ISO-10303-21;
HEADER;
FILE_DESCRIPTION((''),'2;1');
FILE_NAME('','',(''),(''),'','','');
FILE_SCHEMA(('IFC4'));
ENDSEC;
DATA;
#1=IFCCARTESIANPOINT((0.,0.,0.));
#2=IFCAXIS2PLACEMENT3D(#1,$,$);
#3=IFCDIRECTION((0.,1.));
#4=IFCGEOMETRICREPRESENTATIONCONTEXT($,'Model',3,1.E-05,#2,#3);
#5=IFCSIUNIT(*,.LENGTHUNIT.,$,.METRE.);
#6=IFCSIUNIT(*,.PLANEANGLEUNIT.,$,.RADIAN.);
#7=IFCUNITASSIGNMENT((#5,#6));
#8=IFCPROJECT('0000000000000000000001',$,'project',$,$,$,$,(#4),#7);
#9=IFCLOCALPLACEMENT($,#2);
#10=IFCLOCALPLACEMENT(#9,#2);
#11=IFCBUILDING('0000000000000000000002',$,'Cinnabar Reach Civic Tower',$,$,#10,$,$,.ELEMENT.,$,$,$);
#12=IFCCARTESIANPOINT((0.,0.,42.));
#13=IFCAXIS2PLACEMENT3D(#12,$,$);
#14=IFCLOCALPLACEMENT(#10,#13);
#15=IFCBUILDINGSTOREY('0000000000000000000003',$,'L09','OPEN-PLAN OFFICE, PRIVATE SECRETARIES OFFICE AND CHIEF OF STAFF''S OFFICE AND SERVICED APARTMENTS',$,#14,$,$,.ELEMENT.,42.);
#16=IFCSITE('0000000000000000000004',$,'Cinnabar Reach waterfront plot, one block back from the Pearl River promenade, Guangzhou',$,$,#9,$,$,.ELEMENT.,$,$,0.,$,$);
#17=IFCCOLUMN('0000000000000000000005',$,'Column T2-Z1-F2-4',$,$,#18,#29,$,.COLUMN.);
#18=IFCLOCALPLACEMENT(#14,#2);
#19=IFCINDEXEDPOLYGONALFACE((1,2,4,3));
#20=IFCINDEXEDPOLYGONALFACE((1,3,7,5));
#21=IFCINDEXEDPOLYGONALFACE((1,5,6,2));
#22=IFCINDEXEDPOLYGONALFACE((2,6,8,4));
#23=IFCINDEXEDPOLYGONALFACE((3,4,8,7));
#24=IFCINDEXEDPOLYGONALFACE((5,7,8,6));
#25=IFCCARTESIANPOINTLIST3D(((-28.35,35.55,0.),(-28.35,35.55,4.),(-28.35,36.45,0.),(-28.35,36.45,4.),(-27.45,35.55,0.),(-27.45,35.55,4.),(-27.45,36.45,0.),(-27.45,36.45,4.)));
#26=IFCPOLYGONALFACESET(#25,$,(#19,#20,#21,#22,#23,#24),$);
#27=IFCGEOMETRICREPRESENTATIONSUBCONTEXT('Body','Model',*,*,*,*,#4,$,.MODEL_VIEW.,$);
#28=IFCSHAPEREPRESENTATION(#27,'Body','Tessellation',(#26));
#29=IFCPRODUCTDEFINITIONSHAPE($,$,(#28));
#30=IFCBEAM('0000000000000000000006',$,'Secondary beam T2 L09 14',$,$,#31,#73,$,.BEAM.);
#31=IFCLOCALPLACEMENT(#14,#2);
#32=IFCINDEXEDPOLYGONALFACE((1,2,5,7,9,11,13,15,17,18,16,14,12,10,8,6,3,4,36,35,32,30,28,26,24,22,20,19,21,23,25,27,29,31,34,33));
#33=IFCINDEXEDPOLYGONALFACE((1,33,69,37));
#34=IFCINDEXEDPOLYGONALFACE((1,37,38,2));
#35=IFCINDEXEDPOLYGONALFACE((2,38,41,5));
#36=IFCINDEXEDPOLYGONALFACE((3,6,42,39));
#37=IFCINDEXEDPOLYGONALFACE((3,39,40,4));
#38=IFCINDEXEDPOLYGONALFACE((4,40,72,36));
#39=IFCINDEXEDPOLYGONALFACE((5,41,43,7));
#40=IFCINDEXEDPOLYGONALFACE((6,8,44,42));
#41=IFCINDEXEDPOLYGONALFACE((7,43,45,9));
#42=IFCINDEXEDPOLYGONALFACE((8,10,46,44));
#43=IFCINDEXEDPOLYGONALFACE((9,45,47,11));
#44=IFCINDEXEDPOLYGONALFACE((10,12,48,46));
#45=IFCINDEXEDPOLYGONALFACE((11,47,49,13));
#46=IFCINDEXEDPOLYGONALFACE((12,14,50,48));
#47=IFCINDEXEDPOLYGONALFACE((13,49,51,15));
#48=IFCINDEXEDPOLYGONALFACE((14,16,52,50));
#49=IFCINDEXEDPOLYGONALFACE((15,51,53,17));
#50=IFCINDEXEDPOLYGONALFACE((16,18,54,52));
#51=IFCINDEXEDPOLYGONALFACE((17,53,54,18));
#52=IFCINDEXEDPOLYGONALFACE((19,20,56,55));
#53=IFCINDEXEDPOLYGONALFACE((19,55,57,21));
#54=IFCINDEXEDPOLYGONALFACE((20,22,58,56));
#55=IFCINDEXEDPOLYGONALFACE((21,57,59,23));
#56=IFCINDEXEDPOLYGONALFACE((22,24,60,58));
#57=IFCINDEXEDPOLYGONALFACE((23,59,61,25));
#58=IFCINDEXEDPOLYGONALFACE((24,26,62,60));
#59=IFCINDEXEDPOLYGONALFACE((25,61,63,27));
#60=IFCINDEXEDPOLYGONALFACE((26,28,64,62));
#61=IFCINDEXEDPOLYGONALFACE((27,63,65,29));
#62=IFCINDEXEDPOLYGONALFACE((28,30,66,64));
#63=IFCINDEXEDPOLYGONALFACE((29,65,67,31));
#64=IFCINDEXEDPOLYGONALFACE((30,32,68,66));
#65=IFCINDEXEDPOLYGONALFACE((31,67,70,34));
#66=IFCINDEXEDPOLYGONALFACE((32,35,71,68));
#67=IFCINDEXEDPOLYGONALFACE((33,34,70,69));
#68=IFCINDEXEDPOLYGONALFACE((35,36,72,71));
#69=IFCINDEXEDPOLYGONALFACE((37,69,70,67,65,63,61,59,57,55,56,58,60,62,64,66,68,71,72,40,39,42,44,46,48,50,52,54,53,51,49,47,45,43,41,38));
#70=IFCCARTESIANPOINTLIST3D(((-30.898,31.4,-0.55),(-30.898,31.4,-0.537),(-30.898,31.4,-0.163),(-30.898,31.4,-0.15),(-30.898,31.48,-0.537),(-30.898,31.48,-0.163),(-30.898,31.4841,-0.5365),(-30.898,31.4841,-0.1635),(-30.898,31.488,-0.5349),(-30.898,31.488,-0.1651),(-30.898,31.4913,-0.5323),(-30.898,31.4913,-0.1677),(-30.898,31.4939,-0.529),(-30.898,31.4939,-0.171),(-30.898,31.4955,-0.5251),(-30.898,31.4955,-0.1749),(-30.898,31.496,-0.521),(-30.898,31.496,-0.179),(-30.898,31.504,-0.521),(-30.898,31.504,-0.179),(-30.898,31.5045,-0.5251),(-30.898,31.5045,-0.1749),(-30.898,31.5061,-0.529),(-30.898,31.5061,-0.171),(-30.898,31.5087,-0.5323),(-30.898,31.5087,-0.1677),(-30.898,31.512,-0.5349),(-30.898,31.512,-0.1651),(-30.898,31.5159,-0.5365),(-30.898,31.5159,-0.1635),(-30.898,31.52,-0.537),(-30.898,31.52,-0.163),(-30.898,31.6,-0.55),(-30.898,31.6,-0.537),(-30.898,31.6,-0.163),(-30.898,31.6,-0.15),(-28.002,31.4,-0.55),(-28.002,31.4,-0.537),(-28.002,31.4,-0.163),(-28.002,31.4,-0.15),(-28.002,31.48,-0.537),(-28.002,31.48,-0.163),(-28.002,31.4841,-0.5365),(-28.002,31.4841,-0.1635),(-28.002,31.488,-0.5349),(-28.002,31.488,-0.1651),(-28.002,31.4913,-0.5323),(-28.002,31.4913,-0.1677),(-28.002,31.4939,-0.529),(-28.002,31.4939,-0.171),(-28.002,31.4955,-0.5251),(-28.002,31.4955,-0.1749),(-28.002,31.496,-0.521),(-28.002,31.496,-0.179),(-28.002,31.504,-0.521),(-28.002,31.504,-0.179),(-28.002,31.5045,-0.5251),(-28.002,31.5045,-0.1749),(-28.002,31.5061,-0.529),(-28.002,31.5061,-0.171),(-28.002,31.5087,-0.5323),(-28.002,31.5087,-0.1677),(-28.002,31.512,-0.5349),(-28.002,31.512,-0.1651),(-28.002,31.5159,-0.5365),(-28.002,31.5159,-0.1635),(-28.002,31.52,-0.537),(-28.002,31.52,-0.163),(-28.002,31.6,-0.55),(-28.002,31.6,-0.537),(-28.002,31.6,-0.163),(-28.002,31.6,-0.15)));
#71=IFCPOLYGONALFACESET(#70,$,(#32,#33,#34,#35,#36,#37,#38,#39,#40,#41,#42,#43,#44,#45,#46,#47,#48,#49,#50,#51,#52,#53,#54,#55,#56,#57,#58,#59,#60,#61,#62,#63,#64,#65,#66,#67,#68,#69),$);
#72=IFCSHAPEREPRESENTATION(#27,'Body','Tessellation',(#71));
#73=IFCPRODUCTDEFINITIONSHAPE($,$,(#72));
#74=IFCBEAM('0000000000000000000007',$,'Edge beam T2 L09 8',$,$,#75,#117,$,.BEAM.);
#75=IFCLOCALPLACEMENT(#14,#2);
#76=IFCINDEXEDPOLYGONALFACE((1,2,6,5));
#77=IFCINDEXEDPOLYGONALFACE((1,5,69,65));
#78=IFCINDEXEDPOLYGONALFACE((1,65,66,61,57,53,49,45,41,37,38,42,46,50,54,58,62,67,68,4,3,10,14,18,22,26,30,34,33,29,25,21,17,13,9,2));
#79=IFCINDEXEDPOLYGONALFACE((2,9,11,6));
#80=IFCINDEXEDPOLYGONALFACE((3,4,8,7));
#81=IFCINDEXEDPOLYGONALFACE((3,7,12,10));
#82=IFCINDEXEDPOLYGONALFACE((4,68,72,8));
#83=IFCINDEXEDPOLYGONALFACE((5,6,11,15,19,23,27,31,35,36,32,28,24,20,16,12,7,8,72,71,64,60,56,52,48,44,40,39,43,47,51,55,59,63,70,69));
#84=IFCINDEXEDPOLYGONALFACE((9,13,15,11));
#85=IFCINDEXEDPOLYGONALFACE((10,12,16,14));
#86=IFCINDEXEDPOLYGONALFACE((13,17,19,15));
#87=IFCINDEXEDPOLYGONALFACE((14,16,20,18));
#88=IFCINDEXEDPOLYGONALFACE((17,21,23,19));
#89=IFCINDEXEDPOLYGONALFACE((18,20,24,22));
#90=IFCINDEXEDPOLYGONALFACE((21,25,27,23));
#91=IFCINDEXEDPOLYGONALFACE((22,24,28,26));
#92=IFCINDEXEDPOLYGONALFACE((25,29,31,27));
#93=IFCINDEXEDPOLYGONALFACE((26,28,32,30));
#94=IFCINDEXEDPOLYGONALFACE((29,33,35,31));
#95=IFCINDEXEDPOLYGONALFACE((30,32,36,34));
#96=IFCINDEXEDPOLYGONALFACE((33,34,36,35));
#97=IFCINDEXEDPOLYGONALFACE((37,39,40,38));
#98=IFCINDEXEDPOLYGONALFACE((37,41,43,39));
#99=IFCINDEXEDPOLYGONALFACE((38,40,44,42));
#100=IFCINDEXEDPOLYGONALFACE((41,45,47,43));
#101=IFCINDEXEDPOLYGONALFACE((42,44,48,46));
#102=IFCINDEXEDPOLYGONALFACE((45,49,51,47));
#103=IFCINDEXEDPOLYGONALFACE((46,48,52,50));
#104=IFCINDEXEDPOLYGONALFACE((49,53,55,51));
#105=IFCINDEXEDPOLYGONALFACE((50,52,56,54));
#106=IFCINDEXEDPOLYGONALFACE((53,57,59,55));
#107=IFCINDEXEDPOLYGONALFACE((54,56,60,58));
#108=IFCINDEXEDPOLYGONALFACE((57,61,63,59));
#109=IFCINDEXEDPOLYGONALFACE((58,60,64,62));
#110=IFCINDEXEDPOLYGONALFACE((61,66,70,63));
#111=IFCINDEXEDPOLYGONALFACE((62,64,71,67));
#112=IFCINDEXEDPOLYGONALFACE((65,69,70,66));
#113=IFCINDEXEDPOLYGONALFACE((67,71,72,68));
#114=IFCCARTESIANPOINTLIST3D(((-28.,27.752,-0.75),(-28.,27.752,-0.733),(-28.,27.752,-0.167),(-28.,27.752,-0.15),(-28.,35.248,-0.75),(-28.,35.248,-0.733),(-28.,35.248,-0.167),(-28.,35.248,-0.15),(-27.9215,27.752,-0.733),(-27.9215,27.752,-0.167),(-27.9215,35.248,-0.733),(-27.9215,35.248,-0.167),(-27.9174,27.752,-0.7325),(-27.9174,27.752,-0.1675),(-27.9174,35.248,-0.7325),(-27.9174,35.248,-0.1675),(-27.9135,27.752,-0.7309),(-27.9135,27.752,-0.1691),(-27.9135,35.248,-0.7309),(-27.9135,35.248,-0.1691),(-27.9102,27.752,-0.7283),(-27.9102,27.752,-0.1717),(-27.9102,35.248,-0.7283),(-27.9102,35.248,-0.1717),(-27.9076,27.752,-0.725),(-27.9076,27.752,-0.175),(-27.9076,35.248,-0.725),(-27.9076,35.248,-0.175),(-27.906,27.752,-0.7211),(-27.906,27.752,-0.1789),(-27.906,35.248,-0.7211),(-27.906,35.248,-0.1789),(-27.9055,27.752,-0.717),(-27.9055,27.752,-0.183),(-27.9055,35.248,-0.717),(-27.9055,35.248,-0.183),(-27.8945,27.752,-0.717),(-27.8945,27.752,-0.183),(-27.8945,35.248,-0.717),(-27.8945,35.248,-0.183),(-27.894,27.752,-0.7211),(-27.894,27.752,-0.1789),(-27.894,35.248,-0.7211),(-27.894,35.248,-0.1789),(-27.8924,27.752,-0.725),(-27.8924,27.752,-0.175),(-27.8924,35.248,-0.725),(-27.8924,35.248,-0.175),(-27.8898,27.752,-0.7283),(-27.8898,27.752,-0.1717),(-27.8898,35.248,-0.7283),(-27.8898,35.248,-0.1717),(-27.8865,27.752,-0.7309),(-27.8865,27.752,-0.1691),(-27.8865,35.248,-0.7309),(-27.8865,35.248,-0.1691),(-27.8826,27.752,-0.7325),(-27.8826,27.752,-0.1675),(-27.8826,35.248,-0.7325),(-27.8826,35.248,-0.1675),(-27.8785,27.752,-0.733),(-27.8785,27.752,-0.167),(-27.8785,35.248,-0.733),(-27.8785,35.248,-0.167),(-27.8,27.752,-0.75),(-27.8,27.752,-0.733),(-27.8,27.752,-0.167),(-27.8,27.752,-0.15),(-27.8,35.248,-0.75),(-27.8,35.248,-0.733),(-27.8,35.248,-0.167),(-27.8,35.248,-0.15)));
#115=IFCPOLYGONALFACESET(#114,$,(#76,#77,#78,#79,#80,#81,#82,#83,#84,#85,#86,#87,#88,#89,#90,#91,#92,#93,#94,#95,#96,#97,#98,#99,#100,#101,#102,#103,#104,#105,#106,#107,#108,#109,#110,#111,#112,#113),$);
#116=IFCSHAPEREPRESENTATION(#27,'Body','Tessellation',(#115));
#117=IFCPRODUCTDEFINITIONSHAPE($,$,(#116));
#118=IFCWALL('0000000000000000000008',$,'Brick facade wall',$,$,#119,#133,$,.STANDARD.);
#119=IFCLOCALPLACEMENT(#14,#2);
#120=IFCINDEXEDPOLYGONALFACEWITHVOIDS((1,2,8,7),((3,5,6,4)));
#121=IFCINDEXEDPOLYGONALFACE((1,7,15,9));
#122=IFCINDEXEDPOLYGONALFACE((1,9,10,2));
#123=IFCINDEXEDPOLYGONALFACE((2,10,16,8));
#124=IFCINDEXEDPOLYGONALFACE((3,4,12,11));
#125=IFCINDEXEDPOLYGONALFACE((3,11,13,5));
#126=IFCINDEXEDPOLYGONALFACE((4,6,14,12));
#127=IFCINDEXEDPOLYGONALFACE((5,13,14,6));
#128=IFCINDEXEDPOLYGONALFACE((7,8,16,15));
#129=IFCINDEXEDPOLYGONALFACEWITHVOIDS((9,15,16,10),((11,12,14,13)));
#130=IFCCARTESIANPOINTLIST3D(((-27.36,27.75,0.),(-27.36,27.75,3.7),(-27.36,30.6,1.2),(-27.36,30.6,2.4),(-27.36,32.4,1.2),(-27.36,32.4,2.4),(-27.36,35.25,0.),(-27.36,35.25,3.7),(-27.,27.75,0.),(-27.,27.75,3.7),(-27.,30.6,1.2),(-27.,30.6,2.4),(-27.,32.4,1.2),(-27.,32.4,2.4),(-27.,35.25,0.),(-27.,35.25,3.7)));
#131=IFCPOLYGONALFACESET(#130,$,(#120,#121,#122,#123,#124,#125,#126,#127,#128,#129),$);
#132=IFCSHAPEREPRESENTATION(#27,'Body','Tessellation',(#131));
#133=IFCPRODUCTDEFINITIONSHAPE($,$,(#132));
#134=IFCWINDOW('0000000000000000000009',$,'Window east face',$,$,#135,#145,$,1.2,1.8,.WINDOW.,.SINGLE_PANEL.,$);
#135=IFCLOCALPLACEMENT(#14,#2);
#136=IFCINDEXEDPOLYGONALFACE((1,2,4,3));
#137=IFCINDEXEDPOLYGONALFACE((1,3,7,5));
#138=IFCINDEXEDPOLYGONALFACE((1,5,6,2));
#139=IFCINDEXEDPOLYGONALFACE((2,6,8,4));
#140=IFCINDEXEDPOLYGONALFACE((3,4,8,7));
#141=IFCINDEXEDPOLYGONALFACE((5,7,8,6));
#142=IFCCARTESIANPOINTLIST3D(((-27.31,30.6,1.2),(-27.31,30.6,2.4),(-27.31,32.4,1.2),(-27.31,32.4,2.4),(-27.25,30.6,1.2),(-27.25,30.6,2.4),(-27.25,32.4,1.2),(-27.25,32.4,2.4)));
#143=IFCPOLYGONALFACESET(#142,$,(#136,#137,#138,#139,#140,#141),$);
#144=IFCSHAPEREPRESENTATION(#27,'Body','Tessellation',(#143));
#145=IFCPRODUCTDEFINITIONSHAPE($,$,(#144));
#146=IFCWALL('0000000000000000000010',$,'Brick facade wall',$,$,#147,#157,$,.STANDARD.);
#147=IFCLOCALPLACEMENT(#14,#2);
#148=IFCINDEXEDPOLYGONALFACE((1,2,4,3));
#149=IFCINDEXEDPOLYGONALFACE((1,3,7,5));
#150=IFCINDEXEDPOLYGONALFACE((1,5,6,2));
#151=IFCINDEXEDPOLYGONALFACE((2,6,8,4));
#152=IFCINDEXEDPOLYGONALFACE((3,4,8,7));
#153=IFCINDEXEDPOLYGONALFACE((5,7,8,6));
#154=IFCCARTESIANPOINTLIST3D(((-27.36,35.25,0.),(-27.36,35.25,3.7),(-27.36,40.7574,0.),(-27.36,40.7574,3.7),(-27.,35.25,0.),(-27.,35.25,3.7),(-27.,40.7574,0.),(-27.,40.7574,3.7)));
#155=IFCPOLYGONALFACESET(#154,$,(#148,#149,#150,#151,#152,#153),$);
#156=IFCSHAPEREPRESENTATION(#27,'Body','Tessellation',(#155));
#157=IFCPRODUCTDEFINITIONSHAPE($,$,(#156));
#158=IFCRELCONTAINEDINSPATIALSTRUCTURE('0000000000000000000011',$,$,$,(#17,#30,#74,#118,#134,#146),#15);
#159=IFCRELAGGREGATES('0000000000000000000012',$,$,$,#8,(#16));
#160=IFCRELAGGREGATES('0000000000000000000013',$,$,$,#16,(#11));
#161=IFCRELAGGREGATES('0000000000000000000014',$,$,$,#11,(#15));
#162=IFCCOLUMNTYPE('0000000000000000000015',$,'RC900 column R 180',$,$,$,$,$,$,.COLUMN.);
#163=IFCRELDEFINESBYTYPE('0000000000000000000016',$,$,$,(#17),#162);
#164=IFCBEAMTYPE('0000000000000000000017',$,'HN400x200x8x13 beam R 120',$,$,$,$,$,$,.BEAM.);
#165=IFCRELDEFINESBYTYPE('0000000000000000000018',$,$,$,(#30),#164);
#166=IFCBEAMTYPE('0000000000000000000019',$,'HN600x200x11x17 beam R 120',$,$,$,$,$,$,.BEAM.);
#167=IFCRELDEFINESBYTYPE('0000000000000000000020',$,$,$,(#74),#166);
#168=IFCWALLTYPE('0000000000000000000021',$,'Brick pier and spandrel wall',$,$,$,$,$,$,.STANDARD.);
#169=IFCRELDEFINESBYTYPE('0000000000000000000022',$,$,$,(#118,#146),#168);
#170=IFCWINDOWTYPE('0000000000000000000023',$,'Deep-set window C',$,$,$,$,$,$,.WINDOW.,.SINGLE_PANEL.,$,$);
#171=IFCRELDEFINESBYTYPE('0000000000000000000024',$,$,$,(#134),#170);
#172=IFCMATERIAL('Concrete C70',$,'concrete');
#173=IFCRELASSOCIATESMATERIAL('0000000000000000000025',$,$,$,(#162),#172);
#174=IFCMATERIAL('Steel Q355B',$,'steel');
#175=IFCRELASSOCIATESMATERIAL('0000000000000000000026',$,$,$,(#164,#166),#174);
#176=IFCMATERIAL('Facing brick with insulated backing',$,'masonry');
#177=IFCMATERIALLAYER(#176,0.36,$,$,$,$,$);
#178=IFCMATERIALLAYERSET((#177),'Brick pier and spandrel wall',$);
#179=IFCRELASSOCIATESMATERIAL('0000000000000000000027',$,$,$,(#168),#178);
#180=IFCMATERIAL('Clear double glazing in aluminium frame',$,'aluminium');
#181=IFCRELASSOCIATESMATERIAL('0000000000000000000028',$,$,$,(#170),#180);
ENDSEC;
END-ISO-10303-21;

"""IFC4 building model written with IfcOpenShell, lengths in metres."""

from ifc_helpers import new_model, si_unit, direction, frame, frame_2d, origin, origin_2d, place, context, subcontext, project, spatial, rectangle, i_section, extrude, material, layer, layer_set, material_profile, profile_set, type_object, element, fill, save


model = new_model("IFC4")

# Units and contexts
model_context = context("Model", 3, precision=1e-05, world=origin(), true_north=direction((0.0, 1.0)))
body_context = subcontext(model_context, "Body", "Model", "MODEL_VIEW")
ifc_project = project(units=[si_unit("LENGTHUNIT", "METRE"), si_unit("PLANEANGLEUNIT", "RADIAN")], contexts=[model_context])

# Site, building, storey
site_placement = place(None, origin())
site = spatial("IfcSite", under=ifc_project, at=site_placement, Name="Cinnabar Reach waterfront plot, one block back from the Pearl River promenade, Guangzhou", CompositionType="ELEMENT", RefElevation=0.0)
building_placement = place(site_placement, origin())
building = spatial("IfcBuilding", under=site, at=building_placement, Name="Cinnabar Reach Civic Tower", CompositionType="ELEMENT")
storey_placement = place(building_placement, frame((0.0, 0.0, 42.0)))
storey = spatial("IfcBuildingStorey", under=building, at=storey_placement, Name="L09", Description="OPEN-PLAN OFFICE, PRIVATE SECRETARIES OFFICE AND CHIEF OF STAFF'S OFFICE AND SERVICED APARTMENTS", CompositionType="ELEMENT", Elevation=42.0)

# Column
ifc_material_1 = material(Name="Concrete C70", Category="concrete")
ifc_material_profile_1 = material_profile(ifc_material_1, rectangle(XDim=0.9, YDim=0.9, at=origin_2d()), Name="RC900")
ifc_profile_set_1 = profile_set([ifc_material_profile_1], Name="Concrete C70")
column_type = type_object("IfcColumnType", Name="RC900 column R 180", PredefinedType="COLUMN", material=ifc_profile_set_1)
column_placement = place(storey_placement, frame((-27.9, 36.0, 0.0), z_axis=(0.0, 0.0, 1.0), x_axis=(1.0, 0.0, 0.0)))
element("IfcColumn", 1, at=column_placement, inside=storey, type_object=column_type, Name="Column T2-Z1-F2-4", PredefinedType="COLUMN", context=body_context, shape_type="SweptSolid", body=[
    extrude(rectangle(XDim=0.9, YDim=0.9, at=origin_2d()), origin(), (0.0, 0.0, 1.0), 4.0),
])

# Beams
ifc_material_2 = material(Name="Steel Q355B", Category="steel")
ifc_material_profile_2 = material_profile(ifc_material_2, i_section(OverallWidth=0.2, OverallDepth=0.4, WebThickness=0.008, FlangeThickness=0.013, FilletRadius=0.016, at=origin_2d()), Name="HN400x200x8x13")
ifc_profile_set_2 = profile_set([ifc_material_profile_2], Name="Steel Q355B")
beam_type_1 = type_object("IfcBeamType", Name="HN400x200x8x13 beam R 120", PredefinedType="BEAM", material=ifc_profile_set_2)
beam_1_placement = place(storey_placement, frame((-30.898, 31.5, -0.35), z_axis=(1.0, 0.0, 0.0), x_axis=(0.0, 1.0, 0.0)))
element("IfcBeam", 2, at=beam_1_placement, inside=storey, type_object=beam_type_1, Name="Secondary beam T2 L09 14", PredefinedType="BEAM", context=body_context, shape_type="SweptSolid", body=[
    extrude(i_section(OverallWidth=0.2, OverallDepth=0.4, WebThickness=0.008, FlangeThickness=0.013, FilletRadius=0.016, at=origin_2d()), origin(), (0.0, 0.0, 1.0), 2.896),
])
ifc_material_profile_3 = material_profile(ifc_material_2, i_section(OverallWidth=0.2, OverallDepth=0.6, WebThickness=0.011, FlangeThickness=0.017, FilletRadius=0.016, at=origin_2d()), Name="HN600x200x11x17")
ifc_profile_set_3 = profile_set([ifc_material_profile_3], Name="Steel Q355B")
beam_type_2 = type_object("IfcBeamType", Name="HN600x200x11x17 beam R 120", PredefinedType="BEAM", material=ifc_profile_set_3)
beam_2_placement = place(storey_placement, frame((-27.9, 27.752, -0.45), z_axis=(0.0, 1.0, 0.0), x_axis=(-1.0, 0.0, 0.0)))
element("IfcBeam", 3, at=beam_2_placement, inside=storey, type_object=beam_type_2, Name="Edge beam T2 L09 8", PredefinedType="BEAM", context=body_context, shape_type="SweptSolid", body=[
    extrude(i_section(OverallWidth=0.2, OverallDepth=0.6, WebThickness=0.011, FlangeThickness=0.017, FilletRadius=0.016, at=origin_2d()), origin(), (0.0, 0.0, 1.0), 7.496),
])

# Wall, opening, window
ifc_material_3 = material(Name="Facing brick with insulated backing", Category="masonry")
ifc_layer_1 = layer(ifc_material_3, 0.36)
ifc_layer_set_1 = layer_set([ifc_layer_1], Name="Brick pier and spandrel wall")
wall_type_1 = type_object("IfcWallType", Name="Brick pier and spandrel wall", PredefinedType="STANDARD", material=ifc_layer_set_1)
wall_1_placement = place(storey_placement, frame((-27.18, 27.75, 0.0), z_axis=(0.0, 0.0, 1.0), x_axis=(0.0, 1.0, 0.0)))
wall_1 = element("IfcWall", 4, at=wall_1_placement, inside=storey, type_object=wall_type_1, Name="Brick facade wall", PredefinedType="STANDARD", context=body_context, shape_type="SweptSolid", body=[
    extrude(rectangle(XDim=7.5, YDim=0.36, at=frame_2d((3.75, 0.0))), origin(), (0.0, 0.0, 1.0), 3.7),
])
opening_1_placement = place(wall_1_placement, frame((2.85, 0.0, 1.2)))
opening_1 = element("IfcOpeningElement", 5, at=opening_1_placement, cuts=wall_1, PredefinedType="OPENING", context=body_context, shape_type="SweptSolid", body=[
    extrude(rectangle(XDim=1.8, YDim=1.2, at=frame_2d((0.9, 0.6))), frame((0.0, 0.19, 0.0), z_axis=(0.0, -1.0, 0.0), x_axis=(1.0, 0.0, 0.0)), (0.0, 0.0, 1.0), 0.38),
])
ifc_material_4 = material(Name="Clear double glazing in aluminium frame", Category="aluminium")
window_type = type_object("IfcWindowType", Name="Deep-set window C", PartitioningType="SINGLE_PANEL", PredefinedType="WINDOW", material=ifc_material_4)
window_placement = place(opening_1_placement, origin())
window = element("IfcWindow", 6, at=window_placement, inside=storey, type_object=window_type, Name="Window east face", OverallHeight=1.2, OverallWidth=1.8, PartitioningType="SINGLE_PANEL", PredefinedType="WINDOW", context=body_context, shape_type="SweptSolid", body=[
    extrude(rectangle(XDim=1.8, YDim=1.2, at=frame_2d((0.9, 0.6))), frame((0.0, 0.13, 0.0), z_axis=(0.0, -1.0, 0.0), x_axis=(1.0, 0.0, 0.0)), (0.0, 0.0, 1.0), 0.06),
])
fill(opening_1, window)

# Wall
wall_2_placement = place(storey_placement, frame((-27.18, 35.25, 0.0), z_axis=(0.0, 0.0, 1.0), x_axis=(0.0, 1.0, 0.0)))
element("IfcWall", 7, at=wall_2_placement, inside=storey, type_object=wall_type_1, Name="Brick facade wall", PredefinedType="STANDARD", context=body_context, shape_type="SweptSolid", body=[
    extrude(rectangle(XDim=5.5074, YDim=0.36, at=frame_2d((2.7537, 0.0))), origin(), (0.0, 0.0, 1.0), 3.7),
])

save(model, "model.ifc")
